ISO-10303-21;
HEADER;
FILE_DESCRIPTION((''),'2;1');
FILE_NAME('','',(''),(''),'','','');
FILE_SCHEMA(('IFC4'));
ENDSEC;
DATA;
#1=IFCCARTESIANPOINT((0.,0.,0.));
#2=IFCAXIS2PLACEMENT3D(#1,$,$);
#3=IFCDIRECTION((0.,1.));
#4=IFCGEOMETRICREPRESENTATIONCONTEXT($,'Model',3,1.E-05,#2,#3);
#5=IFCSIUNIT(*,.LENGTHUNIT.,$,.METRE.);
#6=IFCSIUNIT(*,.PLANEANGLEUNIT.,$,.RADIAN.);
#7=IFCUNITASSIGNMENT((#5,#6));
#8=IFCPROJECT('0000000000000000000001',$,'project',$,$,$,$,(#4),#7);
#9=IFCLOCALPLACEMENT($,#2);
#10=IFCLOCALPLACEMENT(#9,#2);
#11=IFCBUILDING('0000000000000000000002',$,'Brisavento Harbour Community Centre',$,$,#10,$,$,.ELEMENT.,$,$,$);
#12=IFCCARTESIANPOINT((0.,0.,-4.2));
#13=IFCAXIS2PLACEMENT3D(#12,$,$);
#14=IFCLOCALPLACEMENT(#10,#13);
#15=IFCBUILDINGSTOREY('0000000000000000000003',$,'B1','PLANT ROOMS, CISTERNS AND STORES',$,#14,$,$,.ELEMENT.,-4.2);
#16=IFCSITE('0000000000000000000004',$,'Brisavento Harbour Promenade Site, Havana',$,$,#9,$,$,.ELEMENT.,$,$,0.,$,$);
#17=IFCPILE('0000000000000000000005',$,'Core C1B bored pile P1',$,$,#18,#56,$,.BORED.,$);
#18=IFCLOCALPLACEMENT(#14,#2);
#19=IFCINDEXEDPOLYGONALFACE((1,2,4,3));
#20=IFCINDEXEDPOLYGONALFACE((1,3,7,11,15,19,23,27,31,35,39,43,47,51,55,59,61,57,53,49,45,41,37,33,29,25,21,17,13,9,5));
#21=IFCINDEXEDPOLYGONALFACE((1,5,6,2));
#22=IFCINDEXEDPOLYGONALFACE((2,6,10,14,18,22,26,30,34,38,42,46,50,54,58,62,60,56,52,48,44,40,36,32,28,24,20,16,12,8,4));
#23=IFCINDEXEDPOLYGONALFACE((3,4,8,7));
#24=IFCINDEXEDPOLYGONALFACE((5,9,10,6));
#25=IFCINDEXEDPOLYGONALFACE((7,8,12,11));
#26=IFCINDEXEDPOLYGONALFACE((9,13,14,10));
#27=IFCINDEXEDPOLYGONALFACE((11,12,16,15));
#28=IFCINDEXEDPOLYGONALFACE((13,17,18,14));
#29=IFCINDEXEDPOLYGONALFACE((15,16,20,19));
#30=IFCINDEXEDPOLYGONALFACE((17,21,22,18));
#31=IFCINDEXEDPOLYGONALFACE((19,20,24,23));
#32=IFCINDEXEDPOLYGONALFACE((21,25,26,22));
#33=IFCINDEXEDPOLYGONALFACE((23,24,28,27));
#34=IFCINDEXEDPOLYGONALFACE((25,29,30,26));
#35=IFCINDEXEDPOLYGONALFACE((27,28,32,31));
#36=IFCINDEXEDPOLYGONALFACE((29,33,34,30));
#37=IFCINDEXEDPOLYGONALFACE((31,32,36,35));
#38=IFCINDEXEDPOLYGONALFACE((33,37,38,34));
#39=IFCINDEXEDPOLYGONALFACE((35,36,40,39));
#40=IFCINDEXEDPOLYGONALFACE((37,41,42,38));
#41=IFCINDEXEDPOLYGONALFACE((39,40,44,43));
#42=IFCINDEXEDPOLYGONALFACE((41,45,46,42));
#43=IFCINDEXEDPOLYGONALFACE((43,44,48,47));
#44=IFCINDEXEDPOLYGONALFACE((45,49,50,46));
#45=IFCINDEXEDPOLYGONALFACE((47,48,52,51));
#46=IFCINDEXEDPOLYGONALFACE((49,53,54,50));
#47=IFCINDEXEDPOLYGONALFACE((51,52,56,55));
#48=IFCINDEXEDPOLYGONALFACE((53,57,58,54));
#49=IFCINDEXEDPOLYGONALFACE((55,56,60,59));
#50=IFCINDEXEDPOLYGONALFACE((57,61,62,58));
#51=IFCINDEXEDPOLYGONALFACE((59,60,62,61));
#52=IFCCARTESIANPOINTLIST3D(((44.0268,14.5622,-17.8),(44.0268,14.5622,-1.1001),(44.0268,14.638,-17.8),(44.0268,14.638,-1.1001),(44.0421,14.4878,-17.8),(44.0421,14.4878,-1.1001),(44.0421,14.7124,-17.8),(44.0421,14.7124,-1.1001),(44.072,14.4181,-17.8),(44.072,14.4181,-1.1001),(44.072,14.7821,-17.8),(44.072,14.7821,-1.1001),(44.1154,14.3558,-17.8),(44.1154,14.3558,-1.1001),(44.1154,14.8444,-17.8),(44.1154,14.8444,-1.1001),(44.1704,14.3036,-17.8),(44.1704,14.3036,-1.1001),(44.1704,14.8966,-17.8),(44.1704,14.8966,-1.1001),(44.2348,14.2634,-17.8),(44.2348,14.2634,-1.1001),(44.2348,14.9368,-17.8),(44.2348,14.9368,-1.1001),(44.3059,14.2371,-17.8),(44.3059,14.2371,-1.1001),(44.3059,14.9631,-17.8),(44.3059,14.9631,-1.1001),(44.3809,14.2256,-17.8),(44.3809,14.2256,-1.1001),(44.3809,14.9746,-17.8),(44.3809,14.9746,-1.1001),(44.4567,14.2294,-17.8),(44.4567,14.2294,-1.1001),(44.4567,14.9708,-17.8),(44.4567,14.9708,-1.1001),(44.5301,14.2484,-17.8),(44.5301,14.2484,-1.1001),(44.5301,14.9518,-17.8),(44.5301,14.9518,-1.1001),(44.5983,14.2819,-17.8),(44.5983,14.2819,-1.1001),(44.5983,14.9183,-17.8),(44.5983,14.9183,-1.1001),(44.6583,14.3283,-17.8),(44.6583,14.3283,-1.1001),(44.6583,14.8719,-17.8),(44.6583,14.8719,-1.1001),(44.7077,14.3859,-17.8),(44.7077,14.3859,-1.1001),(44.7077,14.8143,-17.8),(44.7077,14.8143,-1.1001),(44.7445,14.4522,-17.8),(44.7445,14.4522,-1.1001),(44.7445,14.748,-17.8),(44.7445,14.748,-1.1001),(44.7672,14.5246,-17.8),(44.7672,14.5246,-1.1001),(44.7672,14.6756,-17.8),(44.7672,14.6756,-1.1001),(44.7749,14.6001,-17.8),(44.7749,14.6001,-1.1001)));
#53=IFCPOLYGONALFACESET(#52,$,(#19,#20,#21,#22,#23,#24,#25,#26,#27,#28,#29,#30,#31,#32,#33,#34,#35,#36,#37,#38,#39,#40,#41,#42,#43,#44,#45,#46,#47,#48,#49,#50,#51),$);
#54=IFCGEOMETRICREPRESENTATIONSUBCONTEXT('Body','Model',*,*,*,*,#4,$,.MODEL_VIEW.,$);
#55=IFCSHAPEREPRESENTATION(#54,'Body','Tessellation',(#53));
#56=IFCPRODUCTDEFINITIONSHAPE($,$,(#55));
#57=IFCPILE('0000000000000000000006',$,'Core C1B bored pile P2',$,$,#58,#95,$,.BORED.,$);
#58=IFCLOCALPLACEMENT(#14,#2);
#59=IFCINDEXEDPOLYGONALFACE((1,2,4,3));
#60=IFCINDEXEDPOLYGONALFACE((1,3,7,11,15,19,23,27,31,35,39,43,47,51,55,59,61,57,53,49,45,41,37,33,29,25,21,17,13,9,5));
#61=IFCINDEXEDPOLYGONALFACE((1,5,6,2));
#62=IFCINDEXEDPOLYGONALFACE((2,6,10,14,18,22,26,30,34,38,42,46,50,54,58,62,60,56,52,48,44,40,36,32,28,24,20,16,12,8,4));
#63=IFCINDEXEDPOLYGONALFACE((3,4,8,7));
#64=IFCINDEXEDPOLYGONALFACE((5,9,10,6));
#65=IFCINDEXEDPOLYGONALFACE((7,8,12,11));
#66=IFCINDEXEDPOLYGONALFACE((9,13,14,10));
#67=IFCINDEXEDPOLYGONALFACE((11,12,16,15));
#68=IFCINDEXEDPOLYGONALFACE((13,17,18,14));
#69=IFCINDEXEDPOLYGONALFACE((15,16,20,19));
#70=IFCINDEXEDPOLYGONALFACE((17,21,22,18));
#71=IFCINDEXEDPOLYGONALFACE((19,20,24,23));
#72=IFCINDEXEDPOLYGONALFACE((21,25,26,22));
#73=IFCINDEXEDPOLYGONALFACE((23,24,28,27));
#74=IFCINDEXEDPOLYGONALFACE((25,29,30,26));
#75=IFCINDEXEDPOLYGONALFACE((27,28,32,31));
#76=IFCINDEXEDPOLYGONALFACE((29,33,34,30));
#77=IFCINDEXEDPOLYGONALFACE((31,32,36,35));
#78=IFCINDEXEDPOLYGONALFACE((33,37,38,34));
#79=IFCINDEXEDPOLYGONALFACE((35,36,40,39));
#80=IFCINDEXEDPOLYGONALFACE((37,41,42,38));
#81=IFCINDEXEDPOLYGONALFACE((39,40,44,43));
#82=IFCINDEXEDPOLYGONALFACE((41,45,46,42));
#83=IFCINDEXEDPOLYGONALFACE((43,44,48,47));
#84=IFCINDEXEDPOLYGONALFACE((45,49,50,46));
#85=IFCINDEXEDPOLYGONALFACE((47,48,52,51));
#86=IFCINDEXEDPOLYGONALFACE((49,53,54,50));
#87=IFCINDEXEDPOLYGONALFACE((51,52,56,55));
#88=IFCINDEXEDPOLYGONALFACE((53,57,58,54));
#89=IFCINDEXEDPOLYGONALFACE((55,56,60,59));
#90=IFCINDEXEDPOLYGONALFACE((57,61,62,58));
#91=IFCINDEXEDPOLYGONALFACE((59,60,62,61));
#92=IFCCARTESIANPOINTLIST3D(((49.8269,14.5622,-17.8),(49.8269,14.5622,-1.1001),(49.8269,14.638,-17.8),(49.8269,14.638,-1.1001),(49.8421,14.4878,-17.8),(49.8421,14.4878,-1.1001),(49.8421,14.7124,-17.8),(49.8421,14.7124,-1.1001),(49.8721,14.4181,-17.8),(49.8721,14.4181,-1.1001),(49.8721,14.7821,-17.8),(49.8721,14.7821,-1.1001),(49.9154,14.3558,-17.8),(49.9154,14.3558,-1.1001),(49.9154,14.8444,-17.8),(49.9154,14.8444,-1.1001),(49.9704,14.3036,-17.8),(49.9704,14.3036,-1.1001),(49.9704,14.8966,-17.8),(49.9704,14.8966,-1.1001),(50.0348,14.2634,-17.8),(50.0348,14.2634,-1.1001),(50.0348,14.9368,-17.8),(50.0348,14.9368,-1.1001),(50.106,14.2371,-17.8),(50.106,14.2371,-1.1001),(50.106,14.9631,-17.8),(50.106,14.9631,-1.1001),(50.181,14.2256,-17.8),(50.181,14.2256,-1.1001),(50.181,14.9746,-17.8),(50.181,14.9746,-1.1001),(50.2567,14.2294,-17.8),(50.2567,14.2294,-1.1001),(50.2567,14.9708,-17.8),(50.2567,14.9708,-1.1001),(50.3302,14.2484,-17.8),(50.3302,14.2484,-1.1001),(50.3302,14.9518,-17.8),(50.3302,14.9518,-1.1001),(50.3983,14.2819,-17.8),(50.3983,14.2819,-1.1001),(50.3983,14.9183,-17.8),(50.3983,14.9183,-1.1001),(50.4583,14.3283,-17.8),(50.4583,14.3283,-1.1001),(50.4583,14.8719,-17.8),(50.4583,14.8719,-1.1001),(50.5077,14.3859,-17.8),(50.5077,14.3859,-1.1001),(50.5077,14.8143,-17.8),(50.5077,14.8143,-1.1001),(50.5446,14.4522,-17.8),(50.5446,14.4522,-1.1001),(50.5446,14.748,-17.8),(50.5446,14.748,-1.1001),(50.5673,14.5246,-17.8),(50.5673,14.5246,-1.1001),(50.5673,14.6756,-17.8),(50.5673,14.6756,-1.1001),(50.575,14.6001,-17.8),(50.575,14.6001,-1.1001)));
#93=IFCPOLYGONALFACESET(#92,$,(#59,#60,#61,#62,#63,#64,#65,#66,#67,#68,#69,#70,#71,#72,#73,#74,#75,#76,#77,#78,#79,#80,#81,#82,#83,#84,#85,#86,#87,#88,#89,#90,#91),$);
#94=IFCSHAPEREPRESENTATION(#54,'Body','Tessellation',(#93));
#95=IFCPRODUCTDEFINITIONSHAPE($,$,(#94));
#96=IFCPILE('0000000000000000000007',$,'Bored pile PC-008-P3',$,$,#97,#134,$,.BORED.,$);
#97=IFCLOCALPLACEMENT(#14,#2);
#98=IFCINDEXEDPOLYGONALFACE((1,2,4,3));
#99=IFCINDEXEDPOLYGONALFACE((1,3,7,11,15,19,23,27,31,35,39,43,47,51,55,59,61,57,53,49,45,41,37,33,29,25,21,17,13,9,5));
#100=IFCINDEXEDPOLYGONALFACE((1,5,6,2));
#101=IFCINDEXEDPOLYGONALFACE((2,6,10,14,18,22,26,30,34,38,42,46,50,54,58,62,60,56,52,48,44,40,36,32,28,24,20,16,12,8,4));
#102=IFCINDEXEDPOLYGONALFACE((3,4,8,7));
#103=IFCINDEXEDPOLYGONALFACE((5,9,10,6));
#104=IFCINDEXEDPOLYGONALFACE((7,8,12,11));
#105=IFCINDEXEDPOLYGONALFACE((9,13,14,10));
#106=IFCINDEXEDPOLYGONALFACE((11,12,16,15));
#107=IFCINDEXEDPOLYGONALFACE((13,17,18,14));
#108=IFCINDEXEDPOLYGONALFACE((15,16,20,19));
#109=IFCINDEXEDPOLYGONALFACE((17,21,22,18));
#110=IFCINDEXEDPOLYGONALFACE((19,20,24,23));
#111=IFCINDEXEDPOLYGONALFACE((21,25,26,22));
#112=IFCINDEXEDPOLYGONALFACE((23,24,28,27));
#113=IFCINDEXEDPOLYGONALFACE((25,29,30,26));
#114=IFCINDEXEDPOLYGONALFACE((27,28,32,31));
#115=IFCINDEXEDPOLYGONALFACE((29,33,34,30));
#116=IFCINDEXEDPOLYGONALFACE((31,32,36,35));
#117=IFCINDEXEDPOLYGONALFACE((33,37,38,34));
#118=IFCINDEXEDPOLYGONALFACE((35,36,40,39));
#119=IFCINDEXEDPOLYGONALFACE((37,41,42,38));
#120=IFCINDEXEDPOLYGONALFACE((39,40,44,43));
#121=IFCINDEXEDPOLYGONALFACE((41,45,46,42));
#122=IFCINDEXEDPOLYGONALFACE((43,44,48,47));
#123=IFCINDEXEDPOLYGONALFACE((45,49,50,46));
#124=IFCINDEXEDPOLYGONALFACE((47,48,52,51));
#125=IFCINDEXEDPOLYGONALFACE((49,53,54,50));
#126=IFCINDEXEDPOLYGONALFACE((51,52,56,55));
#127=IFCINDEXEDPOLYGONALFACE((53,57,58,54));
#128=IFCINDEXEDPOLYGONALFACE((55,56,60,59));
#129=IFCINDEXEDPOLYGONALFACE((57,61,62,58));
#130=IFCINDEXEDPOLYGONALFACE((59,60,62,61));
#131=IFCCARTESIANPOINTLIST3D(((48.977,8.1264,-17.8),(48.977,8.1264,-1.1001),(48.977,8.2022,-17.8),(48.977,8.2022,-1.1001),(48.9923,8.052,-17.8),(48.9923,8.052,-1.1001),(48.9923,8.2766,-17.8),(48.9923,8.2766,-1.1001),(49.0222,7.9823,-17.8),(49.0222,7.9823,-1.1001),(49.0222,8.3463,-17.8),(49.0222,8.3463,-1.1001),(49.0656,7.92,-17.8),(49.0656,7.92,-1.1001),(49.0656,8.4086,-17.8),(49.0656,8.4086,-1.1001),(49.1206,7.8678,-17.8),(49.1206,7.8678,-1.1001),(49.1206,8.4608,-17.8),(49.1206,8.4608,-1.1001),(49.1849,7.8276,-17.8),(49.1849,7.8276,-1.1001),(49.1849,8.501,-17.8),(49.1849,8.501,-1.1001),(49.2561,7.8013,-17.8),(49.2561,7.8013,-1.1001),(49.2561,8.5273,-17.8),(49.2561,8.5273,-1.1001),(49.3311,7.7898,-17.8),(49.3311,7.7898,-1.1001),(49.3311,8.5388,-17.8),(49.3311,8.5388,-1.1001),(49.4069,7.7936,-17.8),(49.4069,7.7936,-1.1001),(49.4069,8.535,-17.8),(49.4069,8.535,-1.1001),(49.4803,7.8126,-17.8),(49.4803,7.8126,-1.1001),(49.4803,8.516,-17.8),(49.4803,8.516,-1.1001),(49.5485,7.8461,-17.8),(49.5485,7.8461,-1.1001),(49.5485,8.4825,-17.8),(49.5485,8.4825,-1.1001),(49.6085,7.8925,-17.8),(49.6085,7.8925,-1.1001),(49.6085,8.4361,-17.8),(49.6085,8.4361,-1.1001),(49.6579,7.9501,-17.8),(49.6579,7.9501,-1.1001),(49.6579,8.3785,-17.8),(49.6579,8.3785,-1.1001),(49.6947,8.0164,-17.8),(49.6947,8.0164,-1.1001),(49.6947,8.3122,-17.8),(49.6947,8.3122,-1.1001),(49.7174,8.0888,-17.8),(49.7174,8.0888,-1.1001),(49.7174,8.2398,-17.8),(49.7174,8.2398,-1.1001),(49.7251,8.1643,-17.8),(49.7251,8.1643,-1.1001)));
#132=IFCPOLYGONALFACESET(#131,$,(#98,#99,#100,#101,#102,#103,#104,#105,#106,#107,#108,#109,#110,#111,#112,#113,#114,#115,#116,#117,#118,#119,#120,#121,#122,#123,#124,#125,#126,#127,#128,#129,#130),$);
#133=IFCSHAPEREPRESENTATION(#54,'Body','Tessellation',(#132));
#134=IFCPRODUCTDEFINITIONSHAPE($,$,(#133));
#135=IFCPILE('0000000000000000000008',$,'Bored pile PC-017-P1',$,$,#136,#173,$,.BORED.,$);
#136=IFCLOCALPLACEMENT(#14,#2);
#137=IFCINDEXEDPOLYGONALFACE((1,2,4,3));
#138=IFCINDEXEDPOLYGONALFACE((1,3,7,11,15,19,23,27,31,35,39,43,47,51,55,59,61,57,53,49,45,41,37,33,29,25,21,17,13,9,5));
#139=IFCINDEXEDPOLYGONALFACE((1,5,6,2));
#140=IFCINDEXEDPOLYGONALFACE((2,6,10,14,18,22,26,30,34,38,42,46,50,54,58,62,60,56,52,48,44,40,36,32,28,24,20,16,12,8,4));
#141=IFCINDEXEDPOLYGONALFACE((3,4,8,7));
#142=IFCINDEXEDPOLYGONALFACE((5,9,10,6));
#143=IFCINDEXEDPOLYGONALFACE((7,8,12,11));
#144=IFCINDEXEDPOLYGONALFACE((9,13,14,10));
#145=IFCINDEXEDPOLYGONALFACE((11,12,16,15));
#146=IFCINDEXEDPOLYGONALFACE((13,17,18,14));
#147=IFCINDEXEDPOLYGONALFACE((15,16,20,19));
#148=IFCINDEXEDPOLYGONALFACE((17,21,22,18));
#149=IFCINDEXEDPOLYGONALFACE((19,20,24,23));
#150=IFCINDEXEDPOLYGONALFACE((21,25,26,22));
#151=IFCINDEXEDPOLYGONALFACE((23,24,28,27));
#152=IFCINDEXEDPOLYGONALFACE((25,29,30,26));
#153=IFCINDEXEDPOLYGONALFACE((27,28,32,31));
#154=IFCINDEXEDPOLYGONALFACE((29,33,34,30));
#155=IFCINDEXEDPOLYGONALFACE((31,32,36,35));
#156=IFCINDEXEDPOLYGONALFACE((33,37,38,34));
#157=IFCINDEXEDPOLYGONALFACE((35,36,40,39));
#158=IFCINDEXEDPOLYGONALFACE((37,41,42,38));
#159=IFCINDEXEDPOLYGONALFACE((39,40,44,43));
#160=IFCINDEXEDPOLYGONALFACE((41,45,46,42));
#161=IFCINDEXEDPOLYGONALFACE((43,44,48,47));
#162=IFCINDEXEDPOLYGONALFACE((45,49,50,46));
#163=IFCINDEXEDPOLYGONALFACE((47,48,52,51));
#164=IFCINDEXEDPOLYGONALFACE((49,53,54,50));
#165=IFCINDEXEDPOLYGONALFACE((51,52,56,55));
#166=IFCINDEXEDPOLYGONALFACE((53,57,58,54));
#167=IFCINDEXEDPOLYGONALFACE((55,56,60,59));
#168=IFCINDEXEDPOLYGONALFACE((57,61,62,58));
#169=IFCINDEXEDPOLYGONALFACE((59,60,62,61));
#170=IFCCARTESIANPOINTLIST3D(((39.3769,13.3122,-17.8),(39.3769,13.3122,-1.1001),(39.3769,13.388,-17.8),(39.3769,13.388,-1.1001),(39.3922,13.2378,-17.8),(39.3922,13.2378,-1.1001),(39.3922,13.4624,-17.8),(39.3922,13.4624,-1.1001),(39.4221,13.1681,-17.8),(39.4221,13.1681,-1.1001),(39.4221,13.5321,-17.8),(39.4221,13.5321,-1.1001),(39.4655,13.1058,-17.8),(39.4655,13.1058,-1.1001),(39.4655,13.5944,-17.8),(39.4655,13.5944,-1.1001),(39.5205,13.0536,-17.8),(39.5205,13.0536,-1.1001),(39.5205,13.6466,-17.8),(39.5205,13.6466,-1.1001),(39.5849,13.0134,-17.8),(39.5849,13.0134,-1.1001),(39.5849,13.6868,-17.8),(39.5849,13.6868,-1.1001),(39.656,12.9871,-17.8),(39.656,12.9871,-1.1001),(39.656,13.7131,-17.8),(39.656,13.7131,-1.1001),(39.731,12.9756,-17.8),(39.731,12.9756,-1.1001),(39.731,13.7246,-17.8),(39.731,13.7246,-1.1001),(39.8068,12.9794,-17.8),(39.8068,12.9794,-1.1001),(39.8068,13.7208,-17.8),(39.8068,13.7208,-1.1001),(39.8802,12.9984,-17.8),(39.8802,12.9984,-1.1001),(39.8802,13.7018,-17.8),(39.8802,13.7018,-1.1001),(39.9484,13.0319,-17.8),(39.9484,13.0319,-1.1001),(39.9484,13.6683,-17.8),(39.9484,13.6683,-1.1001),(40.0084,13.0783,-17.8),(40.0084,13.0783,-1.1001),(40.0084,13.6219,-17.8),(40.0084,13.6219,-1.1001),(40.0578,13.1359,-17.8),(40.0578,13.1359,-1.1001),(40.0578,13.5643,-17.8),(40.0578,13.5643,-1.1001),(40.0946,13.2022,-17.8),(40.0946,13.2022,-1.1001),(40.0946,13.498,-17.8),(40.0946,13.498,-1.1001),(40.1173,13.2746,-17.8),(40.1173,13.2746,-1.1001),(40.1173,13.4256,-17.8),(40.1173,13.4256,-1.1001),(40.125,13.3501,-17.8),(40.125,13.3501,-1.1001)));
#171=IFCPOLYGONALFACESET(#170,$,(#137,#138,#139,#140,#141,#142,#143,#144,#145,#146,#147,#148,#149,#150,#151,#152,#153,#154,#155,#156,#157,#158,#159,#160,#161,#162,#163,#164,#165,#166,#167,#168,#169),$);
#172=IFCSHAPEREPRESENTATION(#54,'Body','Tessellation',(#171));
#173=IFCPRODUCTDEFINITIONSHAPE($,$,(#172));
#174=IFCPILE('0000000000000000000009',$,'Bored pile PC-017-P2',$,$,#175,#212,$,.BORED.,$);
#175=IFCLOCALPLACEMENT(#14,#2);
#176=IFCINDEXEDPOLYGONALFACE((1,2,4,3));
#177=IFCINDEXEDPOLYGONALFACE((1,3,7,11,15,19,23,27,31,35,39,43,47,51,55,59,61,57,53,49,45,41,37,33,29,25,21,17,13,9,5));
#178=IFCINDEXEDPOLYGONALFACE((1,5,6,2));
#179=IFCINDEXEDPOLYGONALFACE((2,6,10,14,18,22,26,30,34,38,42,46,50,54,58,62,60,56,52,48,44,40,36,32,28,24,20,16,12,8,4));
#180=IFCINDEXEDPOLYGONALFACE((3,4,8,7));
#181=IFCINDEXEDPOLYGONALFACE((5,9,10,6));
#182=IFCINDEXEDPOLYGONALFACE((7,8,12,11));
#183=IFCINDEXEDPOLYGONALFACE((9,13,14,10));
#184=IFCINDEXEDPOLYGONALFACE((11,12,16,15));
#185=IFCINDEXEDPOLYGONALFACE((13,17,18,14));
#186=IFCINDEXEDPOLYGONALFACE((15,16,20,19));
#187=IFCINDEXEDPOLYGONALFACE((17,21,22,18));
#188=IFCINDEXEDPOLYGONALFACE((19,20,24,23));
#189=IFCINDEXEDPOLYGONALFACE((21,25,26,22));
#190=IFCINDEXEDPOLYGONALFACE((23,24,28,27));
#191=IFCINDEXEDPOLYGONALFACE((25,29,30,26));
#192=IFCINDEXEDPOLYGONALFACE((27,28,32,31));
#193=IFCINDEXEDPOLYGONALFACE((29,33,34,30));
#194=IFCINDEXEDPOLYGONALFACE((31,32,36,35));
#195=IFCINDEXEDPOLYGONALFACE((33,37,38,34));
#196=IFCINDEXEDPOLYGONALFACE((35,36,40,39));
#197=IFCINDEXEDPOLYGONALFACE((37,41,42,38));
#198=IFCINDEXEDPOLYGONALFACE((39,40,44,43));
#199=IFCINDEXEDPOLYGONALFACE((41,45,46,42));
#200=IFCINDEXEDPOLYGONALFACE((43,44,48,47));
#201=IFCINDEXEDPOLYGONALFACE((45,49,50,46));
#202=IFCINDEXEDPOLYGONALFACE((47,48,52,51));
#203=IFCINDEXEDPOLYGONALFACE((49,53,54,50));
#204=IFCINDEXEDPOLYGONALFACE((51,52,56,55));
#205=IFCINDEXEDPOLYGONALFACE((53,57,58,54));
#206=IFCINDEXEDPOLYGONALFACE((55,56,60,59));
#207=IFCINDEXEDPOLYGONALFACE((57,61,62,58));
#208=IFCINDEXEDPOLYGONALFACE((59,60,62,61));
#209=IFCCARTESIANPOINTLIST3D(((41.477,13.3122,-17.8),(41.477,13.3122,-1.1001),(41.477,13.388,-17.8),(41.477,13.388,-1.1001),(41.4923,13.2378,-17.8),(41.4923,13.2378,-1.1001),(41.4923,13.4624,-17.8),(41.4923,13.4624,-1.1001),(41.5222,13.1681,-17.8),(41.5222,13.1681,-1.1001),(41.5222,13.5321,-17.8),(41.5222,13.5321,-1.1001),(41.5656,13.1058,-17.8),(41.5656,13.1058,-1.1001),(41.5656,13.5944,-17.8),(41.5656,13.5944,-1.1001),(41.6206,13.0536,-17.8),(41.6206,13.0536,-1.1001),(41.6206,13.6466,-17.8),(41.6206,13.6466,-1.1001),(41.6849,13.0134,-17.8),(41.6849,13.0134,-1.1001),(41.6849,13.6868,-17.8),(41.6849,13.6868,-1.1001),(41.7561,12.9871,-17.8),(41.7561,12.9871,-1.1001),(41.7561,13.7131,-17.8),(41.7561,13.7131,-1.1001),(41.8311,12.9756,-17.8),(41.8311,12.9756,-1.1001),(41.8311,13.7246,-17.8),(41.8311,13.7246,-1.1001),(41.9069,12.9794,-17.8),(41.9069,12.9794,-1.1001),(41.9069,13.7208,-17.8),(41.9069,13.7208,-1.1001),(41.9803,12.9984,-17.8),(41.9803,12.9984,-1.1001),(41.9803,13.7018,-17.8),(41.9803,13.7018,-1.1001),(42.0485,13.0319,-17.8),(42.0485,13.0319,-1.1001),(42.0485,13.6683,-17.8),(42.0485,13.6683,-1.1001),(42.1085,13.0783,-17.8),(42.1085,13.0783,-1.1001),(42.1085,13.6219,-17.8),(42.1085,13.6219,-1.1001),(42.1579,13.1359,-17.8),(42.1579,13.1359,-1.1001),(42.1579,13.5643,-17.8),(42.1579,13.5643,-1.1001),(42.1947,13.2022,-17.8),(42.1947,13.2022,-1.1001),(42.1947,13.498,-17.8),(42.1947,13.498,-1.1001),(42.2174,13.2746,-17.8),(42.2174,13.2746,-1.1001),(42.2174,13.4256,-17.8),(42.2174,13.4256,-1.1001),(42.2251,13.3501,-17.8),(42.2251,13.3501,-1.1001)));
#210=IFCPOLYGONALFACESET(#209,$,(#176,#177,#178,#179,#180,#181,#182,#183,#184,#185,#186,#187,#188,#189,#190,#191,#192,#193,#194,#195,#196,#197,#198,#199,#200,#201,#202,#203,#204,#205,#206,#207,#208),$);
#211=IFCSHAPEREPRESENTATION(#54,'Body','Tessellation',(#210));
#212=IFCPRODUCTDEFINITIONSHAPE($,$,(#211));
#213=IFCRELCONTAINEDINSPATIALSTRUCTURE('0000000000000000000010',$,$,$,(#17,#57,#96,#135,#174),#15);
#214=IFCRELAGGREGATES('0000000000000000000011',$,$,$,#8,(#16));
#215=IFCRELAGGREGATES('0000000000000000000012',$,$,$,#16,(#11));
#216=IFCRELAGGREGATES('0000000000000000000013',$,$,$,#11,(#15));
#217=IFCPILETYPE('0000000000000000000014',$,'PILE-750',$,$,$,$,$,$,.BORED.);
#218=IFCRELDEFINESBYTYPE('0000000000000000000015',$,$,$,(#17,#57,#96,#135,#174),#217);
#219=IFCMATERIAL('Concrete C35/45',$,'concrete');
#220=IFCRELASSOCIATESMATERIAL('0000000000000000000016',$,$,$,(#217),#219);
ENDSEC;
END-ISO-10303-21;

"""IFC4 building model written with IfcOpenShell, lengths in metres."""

from ifc_helpers import new_model, si_unit, direction, frame, origin, origin_2d, place, context, subcontext, project, spatial, circle, extrude, material, material_profile, profile_set, type_object, element, save


model = new_model("IFC4")

# Units and contexts
model_context = context("Model", 3, precision=1e-05, world=origin(), true_north=direction((0.0, 1.0)))
body_context = subcontext(model_context, "Body", "Model", "MODEL_VIEW")
ifc_project = project(units=[si_unit("LENGTHUNIT", "METRE"), si_unit("PLANEANGLEUNIT", "RADIAN")], contexts=[model_context])

# Site, building, storey
site_placement = place(None, origin())
site = spatial("IfcSite", under=ifc_project, at=site_placement, Name="Brisavento Harbour Promenade Site, Havana", CompositionType="ELEMENT", RefElevation=0.0)
building_placement = place(site_placement, origin())
building = spatial("IfcBuilding", under=site, at=building_placement, Name="Brisavento Harbour Community Centre", CompositionType="ELEMENT")
storey_placement = place(building_placement, frame((0.0, 0.0, -4.2)))
storey = spatial("IfcBuildingStorey", under=building, at=storey_placement, Name="B1", Description="PLANT ROOMS, CISTERNS AND STORES", CompositionType="ELEMENT", Elevation=-4.2)

# Shared definitions
ifc_material_1 = material(Name="Concrete C35/45", Category="concrete")

# Piles
ifc_material_profile_1 = material_profile(ifc_material_1, circle(Radius=0.375, at=origin_2d()), Name="Concrete C35/45")
ifc_profile_set_1 = profile_set([ifc_material_profile_1], Name="Concrete C35/45")
pile_type_1 = type_object("IfcPileType", Name="PILE-750", PredefinedType="BORED", material=ifc_profile_set_1)
for number, where, z_axis, x_axis, name in (
    (1, (44.3999, 14.6001, -1.1001), (0.0, 0.0, -1.0), (1.0, 0.0, 0.0), "Core C1B bored pile P1"),
    (2, (50.2, 14.6001, -1.1001), (0.0, 0.0, -1.0), (1.0, 0.0, 0.0), "Core C1B bored pile P2"),
    (3, (49.3501, 8.1643, -1.1001), (0.0, 0.0, -1.0), (1.0, 0.0, 0.0), "Bored pile PC-008-P3"),
    (4, (39.75, 13.3501, -1.1001), (0.0, 0.0, -1.0), (1.0, 0.0, 0.0), "Bored pile PC-017-P1"),
    (5, (41.8501, 13.3501, -1.1001), (0.0, 0.0, -1.0), (1.0, 0.0, 0.0), "Bored pile PC-017-P2"),
):
    element("IfcPile", number, at=place(storey_placement, frame(where, z_axis=z_axis, x_axis=x_axis)), inside=storey, type_object=pile_type_1, Name=name, PredefinedType="BORED", context=body_context, shape_type="SweptSolid", body=[
        extrude(circle(Radius=0.375, at=origin_2d()), origin(), (0.0, 0.0, 1.0), 16.7),
    ])

save(model, "model.ifc")
